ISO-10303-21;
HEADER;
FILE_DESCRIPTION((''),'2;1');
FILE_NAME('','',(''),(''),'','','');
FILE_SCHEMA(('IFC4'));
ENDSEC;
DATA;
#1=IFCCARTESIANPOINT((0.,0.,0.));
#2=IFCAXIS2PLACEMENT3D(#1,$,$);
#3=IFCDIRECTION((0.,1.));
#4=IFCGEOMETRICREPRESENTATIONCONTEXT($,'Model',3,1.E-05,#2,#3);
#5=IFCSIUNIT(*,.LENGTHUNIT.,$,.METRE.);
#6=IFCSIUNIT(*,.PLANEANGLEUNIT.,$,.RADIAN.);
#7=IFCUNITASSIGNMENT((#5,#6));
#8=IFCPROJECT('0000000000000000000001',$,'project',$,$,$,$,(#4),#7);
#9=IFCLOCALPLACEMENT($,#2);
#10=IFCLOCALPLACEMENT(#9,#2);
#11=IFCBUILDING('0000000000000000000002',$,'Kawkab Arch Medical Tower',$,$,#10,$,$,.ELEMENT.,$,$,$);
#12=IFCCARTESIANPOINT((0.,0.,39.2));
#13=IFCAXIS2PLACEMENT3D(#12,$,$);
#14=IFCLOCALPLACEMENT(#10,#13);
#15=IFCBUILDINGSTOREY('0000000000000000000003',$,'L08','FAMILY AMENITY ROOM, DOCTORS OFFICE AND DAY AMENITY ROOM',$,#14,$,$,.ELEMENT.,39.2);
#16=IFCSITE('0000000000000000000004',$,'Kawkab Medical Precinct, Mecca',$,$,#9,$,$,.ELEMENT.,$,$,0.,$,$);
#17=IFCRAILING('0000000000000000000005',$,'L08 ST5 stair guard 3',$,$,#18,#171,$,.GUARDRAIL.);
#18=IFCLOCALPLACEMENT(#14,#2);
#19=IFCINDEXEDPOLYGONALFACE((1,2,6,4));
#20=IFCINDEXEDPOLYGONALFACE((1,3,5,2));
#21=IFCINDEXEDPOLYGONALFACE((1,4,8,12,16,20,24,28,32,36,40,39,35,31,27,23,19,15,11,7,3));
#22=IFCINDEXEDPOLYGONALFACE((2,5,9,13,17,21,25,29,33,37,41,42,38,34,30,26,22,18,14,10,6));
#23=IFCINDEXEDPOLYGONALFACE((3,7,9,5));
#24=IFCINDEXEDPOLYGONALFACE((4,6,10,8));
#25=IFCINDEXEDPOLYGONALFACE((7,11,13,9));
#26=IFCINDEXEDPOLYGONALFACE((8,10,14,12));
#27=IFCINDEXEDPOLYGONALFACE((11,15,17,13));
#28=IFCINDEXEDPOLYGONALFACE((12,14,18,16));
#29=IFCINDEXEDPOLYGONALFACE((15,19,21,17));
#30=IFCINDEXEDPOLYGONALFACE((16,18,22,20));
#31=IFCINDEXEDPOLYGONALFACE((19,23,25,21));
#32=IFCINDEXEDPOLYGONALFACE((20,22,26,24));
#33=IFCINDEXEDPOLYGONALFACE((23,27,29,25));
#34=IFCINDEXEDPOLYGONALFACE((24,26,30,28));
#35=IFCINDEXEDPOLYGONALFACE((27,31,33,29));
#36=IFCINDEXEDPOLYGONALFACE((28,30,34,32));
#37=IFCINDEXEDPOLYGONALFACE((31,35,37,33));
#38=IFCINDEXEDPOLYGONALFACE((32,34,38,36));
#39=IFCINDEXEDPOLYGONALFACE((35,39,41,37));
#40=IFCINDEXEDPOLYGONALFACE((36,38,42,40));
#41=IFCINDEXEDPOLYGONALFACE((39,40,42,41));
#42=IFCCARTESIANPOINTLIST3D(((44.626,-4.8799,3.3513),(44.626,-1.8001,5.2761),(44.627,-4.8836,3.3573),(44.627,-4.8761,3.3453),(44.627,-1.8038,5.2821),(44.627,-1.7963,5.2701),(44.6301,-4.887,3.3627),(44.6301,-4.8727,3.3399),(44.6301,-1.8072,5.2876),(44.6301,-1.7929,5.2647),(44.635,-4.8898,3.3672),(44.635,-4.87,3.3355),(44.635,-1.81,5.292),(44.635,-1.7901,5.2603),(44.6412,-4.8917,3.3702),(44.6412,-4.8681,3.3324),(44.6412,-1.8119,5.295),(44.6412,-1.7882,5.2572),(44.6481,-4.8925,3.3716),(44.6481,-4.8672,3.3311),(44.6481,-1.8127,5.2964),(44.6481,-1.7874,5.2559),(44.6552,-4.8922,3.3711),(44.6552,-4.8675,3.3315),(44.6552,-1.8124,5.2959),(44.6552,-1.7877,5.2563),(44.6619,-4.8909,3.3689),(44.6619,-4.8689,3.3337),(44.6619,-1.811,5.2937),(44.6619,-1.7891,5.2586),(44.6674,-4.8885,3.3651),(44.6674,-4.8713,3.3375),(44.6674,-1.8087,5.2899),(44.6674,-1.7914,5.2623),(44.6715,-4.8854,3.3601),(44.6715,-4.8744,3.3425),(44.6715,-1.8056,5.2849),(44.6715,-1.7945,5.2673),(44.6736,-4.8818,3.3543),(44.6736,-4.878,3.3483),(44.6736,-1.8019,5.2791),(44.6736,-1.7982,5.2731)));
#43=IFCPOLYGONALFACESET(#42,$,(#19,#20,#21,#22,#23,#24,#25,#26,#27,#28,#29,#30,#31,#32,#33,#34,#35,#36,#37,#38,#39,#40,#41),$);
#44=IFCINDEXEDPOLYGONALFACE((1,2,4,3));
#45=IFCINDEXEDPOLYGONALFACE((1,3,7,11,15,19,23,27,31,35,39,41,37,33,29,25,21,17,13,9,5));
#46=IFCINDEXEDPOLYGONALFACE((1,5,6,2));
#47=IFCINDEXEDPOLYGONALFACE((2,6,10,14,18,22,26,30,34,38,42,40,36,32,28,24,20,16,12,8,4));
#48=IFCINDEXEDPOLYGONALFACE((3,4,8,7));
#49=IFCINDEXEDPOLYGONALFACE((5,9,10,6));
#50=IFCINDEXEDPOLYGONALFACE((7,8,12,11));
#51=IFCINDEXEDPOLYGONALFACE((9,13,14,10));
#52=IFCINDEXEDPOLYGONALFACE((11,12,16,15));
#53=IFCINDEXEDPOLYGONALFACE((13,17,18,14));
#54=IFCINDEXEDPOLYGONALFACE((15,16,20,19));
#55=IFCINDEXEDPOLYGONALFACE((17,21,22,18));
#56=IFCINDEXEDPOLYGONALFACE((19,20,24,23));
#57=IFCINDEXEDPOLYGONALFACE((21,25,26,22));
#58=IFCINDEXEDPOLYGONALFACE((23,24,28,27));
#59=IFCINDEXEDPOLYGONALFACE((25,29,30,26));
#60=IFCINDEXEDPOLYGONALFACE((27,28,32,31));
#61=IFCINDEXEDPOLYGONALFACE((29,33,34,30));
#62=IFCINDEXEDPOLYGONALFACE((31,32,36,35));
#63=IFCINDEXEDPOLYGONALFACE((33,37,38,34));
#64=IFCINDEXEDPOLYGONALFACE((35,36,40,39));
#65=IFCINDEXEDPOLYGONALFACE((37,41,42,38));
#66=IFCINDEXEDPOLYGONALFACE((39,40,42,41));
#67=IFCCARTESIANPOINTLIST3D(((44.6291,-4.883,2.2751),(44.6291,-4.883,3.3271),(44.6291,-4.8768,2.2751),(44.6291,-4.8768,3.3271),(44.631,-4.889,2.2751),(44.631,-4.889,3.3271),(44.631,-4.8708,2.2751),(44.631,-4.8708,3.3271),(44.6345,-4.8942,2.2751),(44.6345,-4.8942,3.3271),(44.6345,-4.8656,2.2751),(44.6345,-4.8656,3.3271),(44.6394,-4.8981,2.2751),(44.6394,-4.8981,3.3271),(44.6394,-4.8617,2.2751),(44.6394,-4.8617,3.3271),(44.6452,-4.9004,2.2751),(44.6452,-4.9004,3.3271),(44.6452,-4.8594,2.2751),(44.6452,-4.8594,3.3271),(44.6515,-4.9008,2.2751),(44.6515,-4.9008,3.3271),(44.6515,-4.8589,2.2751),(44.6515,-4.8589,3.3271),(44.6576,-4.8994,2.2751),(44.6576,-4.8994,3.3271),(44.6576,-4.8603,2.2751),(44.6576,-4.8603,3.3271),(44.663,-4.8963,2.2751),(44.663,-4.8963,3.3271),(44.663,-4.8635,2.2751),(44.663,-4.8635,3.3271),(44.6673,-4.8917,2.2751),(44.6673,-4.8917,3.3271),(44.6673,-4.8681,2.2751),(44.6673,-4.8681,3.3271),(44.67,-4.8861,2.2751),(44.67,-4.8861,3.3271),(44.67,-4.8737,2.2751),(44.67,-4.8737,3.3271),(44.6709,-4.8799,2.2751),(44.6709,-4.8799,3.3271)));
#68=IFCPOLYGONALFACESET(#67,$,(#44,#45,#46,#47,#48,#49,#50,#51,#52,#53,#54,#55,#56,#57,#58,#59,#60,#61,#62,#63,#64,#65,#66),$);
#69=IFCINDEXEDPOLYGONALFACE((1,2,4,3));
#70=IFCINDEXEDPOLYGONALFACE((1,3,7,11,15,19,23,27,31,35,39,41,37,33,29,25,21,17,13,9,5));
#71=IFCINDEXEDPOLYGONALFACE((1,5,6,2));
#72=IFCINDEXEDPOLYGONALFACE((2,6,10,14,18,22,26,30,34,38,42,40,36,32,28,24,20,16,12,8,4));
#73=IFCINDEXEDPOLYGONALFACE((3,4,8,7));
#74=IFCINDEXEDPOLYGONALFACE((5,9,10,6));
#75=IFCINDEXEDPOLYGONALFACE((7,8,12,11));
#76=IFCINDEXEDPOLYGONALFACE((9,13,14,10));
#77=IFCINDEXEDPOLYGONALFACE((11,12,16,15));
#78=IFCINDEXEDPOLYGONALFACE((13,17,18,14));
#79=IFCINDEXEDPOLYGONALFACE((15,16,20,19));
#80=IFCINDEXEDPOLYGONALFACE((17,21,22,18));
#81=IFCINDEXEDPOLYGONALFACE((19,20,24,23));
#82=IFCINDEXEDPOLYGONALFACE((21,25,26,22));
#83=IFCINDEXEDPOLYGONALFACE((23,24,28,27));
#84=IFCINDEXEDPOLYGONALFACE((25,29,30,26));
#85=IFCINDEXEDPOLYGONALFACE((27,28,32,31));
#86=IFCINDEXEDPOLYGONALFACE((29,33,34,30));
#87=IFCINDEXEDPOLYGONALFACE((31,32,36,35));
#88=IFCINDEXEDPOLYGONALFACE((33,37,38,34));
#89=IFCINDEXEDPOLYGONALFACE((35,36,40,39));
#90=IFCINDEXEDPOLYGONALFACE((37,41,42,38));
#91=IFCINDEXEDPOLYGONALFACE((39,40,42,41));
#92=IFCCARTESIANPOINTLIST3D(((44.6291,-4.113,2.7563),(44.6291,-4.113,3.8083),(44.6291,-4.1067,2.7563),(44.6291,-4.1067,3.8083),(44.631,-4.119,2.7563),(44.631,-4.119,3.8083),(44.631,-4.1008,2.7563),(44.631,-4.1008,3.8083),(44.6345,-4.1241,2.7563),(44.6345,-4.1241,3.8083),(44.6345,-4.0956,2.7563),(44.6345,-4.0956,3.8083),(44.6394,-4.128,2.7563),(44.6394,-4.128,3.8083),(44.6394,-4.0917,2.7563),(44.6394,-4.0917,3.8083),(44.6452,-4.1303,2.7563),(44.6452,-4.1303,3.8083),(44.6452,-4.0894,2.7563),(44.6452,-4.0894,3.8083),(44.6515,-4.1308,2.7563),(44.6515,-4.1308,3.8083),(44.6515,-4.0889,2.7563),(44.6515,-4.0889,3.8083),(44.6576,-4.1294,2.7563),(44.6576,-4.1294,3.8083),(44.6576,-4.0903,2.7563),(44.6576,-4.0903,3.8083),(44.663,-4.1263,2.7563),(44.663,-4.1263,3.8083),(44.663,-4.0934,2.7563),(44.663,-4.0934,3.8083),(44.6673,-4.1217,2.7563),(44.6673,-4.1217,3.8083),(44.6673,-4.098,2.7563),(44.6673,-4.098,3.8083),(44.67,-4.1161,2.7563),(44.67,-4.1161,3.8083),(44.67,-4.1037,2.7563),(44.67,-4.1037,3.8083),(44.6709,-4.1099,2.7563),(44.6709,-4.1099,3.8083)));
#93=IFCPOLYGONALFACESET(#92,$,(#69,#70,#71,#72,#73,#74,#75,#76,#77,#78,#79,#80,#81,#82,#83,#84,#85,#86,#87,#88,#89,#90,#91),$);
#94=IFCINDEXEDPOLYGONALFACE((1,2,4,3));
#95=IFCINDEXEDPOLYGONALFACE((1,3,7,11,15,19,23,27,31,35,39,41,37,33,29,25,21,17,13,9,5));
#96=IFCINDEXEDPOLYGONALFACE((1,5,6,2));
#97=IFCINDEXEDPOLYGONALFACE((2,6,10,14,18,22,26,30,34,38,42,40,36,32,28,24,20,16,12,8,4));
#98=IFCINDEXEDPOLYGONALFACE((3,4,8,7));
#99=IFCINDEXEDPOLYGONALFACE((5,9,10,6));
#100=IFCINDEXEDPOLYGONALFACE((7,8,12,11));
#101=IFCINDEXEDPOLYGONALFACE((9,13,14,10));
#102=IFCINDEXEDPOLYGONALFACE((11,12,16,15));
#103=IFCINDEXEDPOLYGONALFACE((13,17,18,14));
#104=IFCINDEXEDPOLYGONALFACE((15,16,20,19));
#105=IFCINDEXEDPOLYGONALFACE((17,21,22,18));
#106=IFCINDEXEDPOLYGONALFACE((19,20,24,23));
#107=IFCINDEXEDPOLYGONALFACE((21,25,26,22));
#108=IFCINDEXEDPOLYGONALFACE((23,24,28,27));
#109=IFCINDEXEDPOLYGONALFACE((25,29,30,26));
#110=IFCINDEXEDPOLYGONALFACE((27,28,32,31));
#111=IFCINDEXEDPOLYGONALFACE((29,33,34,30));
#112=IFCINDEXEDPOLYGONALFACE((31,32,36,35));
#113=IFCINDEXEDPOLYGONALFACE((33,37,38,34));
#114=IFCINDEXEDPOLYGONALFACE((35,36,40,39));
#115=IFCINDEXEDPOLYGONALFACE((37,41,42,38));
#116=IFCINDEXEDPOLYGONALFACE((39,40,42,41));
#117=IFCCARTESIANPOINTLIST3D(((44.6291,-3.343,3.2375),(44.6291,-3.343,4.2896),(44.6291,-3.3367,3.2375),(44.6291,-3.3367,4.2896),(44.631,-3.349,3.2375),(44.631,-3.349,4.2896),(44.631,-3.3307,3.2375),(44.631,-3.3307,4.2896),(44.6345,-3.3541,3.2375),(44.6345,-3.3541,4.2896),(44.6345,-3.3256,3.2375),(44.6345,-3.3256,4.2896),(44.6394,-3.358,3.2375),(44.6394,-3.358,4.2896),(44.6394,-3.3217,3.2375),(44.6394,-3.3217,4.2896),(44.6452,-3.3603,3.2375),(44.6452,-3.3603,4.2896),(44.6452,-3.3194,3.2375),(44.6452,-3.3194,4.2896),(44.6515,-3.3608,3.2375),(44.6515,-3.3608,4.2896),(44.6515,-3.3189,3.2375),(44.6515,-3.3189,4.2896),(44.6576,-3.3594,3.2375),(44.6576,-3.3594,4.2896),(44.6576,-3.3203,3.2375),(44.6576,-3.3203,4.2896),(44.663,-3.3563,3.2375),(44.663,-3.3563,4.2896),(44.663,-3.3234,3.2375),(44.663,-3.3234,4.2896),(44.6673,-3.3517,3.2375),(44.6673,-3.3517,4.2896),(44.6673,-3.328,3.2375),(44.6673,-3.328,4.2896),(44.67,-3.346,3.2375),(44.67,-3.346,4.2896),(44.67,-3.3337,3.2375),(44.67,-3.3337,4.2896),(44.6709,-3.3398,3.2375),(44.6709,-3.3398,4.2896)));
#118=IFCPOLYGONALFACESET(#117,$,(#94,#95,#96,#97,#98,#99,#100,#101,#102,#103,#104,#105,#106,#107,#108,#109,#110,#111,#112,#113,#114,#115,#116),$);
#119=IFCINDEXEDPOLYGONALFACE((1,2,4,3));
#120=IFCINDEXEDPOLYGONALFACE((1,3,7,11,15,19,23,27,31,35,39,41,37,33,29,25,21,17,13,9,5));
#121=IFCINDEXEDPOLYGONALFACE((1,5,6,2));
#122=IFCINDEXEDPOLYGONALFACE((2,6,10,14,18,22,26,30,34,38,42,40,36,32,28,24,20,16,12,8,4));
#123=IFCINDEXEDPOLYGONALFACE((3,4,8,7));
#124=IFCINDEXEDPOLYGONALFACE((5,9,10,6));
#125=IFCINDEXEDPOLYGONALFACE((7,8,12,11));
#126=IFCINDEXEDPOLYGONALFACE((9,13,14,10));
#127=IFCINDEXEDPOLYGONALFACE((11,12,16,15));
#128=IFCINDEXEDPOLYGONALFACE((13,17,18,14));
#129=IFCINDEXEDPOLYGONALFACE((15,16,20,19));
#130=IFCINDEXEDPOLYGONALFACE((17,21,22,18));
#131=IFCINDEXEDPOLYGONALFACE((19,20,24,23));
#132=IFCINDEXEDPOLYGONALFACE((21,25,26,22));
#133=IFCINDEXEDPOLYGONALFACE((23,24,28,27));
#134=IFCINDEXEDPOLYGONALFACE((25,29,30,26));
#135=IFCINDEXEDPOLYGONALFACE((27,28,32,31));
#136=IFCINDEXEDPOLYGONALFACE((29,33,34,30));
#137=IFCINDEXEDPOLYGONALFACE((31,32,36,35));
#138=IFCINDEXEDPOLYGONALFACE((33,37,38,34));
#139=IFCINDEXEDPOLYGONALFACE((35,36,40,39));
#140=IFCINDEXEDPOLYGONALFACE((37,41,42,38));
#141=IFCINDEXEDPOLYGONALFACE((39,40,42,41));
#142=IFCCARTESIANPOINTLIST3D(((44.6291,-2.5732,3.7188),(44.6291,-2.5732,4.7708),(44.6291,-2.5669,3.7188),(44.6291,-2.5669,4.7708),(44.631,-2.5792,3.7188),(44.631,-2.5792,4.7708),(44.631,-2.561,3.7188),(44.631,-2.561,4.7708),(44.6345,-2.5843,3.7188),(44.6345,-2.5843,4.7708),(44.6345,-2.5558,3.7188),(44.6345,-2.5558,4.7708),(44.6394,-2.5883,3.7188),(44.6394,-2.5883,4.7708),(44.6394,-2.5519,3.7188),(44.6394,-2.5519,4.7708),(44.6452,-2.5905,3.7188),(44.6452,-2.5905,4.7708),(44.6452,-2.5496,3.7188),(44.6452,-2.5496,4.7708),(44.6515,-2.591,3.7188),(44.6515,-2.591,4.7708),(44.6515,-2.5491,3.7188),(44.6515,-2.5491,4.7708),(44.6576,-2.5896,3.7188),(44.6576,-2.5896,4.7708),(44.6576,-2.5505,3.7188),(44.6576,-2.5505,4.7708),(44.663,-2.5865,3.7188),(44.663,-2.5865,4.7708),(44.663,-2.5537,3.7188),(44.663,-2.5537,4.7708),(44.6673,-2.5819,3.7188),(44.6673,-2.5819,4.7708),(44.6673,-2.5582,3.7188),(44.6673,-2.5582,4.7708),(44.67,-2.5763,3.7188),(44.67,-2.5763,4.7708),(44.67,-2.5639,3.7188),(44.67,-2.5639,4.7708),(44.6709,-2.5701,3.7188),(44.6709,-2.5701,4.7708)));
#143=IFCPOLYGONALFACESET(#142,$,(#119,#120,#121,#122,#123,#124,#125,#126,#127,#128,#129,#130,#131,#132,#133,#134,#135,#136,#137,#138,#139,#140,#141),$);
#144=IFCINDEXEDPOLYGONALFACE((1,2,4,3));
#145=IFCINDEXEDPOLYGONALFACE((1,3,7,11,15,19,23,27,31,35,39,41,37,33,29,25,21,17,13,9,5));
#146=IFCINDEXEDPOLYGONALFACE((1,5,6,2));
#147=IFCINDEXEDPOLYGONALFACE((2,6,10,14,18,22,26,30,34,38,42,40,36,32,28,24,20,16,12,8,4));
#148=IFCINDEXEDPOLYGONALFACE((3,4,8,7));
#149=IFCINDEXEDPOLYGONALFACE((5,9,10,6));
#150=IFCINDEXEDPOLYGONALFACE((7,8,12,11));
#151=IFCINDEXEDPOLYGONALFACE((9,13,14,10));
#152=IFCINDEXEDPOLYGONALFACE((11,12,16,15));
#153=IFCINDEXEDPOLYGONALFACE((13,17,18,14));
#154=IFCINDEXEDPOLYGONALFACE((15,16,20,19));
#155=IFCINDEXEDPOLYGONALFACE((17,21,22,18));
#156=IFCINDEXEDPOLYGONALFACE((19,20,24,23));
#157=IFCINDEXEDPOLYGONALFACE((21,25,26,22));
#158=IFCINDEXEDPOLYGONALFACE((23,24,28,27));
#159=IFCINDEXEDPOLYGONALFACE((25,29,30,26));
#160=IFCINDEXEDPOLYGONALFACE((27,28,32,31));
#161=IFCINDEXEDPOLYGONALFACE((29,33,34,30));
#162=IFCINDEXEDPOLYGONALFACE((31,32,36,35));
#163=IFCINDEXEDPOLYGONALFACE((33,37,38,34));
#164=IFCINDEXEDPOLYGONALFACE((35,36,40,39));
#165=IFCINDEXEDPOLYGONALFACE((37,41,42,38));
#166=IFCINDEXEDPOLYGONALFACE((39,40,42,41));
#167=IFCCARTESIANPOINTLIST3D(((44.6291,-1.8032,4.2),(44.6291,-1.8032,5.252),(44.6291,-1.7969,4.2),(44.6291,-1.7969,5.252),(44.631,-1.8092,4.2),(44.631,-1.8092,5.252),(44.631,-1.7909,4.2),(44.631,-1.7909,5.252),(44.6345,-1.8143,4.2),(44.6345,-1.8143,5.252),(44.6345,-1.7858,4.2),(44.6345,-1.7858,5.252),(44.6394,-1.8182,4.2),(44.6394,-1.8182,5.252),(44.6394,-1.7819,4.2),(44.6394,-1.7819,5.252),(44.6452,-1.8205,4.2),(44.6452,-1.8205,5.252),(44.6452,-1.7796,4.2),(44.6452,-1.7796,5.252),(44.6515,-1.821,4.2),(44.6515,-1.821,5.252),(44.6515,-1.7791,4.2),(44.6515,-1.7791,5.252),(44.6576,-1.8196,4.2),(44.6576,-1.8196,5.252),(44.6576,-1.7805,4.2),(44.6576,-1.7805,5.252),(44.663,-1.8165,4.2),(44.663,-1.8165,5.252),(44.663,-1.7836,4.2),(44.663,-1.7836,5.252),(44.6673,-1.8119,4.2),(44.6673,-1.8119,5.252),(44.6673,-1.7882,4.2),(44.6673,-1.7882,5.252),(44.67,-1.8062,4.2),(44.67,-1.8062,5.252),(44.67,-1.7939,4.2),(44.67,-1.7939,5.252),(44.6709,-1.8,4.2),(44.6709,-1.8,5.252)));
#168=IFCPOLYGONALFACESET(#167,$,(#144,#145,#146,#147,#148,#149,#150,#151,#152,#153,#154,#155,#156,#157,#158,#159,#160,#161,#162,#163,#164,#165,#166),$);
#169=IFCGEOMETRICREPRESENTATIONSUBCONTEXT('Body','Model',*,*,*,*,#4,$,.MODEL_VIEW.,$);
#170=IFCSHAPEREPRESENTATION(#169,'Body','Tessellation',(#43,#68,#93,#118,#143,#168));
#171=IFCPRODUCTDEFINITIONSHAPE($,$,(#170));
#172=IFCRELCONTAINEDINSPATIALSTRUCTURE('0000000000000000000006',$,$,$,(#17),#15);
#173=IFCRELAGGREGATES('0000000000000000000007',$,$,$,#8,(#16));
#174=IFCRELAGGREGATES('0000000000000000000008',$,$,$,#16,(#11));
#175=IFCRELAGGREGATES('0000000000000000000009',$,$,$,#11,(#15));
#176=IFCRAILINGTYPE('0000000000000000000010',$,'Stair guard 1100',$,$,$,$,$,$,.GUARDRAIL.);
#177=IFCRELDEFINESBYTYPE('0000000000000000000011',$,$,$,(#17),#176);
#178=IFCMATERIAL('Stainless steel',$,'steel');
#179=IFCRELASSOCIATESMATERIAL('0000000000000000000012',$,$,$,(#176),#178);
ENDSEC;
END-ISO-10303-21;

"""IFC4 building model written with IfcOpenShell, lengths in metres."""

from ifc_helpers import new_model, si_unit, direction, frame, origin, origin_2d, place, context, subcontext, project, spatial, circle, extrude, material, type_object, element, save


model = new_model("IFC4")

# Units and contexts
model_context = context("Model", 3, precision=1e-05, world=origin(), true_north=direction((0.0, 1.0)))
body_context = subcontext(model_context, "Body", "Model", "MODEL_VIEW")
ifc_project = project(units=[si_unit("LENGTHUNIT", "METRE"), si_unit("PLANEANGLEUNIT", "RADIAN")], contexts=[model_context])

# Site, building, storey
site_placement = place(None, origin())
site = spatial("IfcSite", under=ifc_project, at=site_placement, Name="Kawkab Medical Precinct, Mecca", CompositionType="ELEMENT", RefElevation=0.0)
building_placement = place(site_placement, origin())
building = spatial("IfcBuilding", under=site, at=building_placement, Name="Kawkab Arch Medical Tower", CompositionType="ELEMENT")
storey_placement = place(building_placement, frame((0.0, 0.0, 39.2)))
storey = spatial("IfcBuildingStorey", under=building, at=storey_placement, Name="L08", Description="FAMILY AMENITY ROOM, DOCTORS OFFICE AND DAY AMENITY ROOM", CompositionType="ELEMENT", Elevation=39.2)

# Railing
ifc_material_1 = material(Name="Stainless steel", Category="steel")
railing_type = type_object("IfcRailingType", Name="Stair guard 1100", PredefinedType="GUARDRAIL", material=ifc_material_1)
railing_1_placement = place(storey_placement, frame((44.6499, -4.8799, 2.2751)))
element("IfcRailing", 1, at=railing_1_placement, inside=storey, type_object=railing_type, Name="L08 ST5 stair guard 3", PredefinedType="GUARDRAIL", context=body_context, shape_type="SweptSolid", body=[
    extrude(circle(Radius=0.0239, at=origin_2d()), frame((0.0, 0.0, 1.0762), z_axis=(0.0, 0.84801, 0.529981), x_axis=(-1.0, 0.0, 0.0)), (0.0, 0.0, 1.0), 3.6318),
    extrude(circle(Radius=0.021, at=origin_2d()), origin(), (0.0, 0.0, 1.0), 1.052),
    extrude(circle(Radius=0.021, at=origin_2d()), frame((0.0, 0.77, 0.4812)), (0.0, 0.0, 1.0), 1.052),
    extrude(circle(Radius=0.021, at=origin_2d()), frame((0.0, 1.54, 0.9624)), (0.0, 0.0, 1.0), 1.052),
    extrude(circle(Radius=0.021, at=origin_2d()), frame((0.0, 2.3098, 1.4436)), (0.0, 0.0, 1.0), 1.052),
    extrude(circle(Radius=0.021, at=origin_2d()), frame((0.0, 3.0798, 1.9248)), (0.0, 0.0, 1.0), 1.052),
])

save(model, "model.ifc")
